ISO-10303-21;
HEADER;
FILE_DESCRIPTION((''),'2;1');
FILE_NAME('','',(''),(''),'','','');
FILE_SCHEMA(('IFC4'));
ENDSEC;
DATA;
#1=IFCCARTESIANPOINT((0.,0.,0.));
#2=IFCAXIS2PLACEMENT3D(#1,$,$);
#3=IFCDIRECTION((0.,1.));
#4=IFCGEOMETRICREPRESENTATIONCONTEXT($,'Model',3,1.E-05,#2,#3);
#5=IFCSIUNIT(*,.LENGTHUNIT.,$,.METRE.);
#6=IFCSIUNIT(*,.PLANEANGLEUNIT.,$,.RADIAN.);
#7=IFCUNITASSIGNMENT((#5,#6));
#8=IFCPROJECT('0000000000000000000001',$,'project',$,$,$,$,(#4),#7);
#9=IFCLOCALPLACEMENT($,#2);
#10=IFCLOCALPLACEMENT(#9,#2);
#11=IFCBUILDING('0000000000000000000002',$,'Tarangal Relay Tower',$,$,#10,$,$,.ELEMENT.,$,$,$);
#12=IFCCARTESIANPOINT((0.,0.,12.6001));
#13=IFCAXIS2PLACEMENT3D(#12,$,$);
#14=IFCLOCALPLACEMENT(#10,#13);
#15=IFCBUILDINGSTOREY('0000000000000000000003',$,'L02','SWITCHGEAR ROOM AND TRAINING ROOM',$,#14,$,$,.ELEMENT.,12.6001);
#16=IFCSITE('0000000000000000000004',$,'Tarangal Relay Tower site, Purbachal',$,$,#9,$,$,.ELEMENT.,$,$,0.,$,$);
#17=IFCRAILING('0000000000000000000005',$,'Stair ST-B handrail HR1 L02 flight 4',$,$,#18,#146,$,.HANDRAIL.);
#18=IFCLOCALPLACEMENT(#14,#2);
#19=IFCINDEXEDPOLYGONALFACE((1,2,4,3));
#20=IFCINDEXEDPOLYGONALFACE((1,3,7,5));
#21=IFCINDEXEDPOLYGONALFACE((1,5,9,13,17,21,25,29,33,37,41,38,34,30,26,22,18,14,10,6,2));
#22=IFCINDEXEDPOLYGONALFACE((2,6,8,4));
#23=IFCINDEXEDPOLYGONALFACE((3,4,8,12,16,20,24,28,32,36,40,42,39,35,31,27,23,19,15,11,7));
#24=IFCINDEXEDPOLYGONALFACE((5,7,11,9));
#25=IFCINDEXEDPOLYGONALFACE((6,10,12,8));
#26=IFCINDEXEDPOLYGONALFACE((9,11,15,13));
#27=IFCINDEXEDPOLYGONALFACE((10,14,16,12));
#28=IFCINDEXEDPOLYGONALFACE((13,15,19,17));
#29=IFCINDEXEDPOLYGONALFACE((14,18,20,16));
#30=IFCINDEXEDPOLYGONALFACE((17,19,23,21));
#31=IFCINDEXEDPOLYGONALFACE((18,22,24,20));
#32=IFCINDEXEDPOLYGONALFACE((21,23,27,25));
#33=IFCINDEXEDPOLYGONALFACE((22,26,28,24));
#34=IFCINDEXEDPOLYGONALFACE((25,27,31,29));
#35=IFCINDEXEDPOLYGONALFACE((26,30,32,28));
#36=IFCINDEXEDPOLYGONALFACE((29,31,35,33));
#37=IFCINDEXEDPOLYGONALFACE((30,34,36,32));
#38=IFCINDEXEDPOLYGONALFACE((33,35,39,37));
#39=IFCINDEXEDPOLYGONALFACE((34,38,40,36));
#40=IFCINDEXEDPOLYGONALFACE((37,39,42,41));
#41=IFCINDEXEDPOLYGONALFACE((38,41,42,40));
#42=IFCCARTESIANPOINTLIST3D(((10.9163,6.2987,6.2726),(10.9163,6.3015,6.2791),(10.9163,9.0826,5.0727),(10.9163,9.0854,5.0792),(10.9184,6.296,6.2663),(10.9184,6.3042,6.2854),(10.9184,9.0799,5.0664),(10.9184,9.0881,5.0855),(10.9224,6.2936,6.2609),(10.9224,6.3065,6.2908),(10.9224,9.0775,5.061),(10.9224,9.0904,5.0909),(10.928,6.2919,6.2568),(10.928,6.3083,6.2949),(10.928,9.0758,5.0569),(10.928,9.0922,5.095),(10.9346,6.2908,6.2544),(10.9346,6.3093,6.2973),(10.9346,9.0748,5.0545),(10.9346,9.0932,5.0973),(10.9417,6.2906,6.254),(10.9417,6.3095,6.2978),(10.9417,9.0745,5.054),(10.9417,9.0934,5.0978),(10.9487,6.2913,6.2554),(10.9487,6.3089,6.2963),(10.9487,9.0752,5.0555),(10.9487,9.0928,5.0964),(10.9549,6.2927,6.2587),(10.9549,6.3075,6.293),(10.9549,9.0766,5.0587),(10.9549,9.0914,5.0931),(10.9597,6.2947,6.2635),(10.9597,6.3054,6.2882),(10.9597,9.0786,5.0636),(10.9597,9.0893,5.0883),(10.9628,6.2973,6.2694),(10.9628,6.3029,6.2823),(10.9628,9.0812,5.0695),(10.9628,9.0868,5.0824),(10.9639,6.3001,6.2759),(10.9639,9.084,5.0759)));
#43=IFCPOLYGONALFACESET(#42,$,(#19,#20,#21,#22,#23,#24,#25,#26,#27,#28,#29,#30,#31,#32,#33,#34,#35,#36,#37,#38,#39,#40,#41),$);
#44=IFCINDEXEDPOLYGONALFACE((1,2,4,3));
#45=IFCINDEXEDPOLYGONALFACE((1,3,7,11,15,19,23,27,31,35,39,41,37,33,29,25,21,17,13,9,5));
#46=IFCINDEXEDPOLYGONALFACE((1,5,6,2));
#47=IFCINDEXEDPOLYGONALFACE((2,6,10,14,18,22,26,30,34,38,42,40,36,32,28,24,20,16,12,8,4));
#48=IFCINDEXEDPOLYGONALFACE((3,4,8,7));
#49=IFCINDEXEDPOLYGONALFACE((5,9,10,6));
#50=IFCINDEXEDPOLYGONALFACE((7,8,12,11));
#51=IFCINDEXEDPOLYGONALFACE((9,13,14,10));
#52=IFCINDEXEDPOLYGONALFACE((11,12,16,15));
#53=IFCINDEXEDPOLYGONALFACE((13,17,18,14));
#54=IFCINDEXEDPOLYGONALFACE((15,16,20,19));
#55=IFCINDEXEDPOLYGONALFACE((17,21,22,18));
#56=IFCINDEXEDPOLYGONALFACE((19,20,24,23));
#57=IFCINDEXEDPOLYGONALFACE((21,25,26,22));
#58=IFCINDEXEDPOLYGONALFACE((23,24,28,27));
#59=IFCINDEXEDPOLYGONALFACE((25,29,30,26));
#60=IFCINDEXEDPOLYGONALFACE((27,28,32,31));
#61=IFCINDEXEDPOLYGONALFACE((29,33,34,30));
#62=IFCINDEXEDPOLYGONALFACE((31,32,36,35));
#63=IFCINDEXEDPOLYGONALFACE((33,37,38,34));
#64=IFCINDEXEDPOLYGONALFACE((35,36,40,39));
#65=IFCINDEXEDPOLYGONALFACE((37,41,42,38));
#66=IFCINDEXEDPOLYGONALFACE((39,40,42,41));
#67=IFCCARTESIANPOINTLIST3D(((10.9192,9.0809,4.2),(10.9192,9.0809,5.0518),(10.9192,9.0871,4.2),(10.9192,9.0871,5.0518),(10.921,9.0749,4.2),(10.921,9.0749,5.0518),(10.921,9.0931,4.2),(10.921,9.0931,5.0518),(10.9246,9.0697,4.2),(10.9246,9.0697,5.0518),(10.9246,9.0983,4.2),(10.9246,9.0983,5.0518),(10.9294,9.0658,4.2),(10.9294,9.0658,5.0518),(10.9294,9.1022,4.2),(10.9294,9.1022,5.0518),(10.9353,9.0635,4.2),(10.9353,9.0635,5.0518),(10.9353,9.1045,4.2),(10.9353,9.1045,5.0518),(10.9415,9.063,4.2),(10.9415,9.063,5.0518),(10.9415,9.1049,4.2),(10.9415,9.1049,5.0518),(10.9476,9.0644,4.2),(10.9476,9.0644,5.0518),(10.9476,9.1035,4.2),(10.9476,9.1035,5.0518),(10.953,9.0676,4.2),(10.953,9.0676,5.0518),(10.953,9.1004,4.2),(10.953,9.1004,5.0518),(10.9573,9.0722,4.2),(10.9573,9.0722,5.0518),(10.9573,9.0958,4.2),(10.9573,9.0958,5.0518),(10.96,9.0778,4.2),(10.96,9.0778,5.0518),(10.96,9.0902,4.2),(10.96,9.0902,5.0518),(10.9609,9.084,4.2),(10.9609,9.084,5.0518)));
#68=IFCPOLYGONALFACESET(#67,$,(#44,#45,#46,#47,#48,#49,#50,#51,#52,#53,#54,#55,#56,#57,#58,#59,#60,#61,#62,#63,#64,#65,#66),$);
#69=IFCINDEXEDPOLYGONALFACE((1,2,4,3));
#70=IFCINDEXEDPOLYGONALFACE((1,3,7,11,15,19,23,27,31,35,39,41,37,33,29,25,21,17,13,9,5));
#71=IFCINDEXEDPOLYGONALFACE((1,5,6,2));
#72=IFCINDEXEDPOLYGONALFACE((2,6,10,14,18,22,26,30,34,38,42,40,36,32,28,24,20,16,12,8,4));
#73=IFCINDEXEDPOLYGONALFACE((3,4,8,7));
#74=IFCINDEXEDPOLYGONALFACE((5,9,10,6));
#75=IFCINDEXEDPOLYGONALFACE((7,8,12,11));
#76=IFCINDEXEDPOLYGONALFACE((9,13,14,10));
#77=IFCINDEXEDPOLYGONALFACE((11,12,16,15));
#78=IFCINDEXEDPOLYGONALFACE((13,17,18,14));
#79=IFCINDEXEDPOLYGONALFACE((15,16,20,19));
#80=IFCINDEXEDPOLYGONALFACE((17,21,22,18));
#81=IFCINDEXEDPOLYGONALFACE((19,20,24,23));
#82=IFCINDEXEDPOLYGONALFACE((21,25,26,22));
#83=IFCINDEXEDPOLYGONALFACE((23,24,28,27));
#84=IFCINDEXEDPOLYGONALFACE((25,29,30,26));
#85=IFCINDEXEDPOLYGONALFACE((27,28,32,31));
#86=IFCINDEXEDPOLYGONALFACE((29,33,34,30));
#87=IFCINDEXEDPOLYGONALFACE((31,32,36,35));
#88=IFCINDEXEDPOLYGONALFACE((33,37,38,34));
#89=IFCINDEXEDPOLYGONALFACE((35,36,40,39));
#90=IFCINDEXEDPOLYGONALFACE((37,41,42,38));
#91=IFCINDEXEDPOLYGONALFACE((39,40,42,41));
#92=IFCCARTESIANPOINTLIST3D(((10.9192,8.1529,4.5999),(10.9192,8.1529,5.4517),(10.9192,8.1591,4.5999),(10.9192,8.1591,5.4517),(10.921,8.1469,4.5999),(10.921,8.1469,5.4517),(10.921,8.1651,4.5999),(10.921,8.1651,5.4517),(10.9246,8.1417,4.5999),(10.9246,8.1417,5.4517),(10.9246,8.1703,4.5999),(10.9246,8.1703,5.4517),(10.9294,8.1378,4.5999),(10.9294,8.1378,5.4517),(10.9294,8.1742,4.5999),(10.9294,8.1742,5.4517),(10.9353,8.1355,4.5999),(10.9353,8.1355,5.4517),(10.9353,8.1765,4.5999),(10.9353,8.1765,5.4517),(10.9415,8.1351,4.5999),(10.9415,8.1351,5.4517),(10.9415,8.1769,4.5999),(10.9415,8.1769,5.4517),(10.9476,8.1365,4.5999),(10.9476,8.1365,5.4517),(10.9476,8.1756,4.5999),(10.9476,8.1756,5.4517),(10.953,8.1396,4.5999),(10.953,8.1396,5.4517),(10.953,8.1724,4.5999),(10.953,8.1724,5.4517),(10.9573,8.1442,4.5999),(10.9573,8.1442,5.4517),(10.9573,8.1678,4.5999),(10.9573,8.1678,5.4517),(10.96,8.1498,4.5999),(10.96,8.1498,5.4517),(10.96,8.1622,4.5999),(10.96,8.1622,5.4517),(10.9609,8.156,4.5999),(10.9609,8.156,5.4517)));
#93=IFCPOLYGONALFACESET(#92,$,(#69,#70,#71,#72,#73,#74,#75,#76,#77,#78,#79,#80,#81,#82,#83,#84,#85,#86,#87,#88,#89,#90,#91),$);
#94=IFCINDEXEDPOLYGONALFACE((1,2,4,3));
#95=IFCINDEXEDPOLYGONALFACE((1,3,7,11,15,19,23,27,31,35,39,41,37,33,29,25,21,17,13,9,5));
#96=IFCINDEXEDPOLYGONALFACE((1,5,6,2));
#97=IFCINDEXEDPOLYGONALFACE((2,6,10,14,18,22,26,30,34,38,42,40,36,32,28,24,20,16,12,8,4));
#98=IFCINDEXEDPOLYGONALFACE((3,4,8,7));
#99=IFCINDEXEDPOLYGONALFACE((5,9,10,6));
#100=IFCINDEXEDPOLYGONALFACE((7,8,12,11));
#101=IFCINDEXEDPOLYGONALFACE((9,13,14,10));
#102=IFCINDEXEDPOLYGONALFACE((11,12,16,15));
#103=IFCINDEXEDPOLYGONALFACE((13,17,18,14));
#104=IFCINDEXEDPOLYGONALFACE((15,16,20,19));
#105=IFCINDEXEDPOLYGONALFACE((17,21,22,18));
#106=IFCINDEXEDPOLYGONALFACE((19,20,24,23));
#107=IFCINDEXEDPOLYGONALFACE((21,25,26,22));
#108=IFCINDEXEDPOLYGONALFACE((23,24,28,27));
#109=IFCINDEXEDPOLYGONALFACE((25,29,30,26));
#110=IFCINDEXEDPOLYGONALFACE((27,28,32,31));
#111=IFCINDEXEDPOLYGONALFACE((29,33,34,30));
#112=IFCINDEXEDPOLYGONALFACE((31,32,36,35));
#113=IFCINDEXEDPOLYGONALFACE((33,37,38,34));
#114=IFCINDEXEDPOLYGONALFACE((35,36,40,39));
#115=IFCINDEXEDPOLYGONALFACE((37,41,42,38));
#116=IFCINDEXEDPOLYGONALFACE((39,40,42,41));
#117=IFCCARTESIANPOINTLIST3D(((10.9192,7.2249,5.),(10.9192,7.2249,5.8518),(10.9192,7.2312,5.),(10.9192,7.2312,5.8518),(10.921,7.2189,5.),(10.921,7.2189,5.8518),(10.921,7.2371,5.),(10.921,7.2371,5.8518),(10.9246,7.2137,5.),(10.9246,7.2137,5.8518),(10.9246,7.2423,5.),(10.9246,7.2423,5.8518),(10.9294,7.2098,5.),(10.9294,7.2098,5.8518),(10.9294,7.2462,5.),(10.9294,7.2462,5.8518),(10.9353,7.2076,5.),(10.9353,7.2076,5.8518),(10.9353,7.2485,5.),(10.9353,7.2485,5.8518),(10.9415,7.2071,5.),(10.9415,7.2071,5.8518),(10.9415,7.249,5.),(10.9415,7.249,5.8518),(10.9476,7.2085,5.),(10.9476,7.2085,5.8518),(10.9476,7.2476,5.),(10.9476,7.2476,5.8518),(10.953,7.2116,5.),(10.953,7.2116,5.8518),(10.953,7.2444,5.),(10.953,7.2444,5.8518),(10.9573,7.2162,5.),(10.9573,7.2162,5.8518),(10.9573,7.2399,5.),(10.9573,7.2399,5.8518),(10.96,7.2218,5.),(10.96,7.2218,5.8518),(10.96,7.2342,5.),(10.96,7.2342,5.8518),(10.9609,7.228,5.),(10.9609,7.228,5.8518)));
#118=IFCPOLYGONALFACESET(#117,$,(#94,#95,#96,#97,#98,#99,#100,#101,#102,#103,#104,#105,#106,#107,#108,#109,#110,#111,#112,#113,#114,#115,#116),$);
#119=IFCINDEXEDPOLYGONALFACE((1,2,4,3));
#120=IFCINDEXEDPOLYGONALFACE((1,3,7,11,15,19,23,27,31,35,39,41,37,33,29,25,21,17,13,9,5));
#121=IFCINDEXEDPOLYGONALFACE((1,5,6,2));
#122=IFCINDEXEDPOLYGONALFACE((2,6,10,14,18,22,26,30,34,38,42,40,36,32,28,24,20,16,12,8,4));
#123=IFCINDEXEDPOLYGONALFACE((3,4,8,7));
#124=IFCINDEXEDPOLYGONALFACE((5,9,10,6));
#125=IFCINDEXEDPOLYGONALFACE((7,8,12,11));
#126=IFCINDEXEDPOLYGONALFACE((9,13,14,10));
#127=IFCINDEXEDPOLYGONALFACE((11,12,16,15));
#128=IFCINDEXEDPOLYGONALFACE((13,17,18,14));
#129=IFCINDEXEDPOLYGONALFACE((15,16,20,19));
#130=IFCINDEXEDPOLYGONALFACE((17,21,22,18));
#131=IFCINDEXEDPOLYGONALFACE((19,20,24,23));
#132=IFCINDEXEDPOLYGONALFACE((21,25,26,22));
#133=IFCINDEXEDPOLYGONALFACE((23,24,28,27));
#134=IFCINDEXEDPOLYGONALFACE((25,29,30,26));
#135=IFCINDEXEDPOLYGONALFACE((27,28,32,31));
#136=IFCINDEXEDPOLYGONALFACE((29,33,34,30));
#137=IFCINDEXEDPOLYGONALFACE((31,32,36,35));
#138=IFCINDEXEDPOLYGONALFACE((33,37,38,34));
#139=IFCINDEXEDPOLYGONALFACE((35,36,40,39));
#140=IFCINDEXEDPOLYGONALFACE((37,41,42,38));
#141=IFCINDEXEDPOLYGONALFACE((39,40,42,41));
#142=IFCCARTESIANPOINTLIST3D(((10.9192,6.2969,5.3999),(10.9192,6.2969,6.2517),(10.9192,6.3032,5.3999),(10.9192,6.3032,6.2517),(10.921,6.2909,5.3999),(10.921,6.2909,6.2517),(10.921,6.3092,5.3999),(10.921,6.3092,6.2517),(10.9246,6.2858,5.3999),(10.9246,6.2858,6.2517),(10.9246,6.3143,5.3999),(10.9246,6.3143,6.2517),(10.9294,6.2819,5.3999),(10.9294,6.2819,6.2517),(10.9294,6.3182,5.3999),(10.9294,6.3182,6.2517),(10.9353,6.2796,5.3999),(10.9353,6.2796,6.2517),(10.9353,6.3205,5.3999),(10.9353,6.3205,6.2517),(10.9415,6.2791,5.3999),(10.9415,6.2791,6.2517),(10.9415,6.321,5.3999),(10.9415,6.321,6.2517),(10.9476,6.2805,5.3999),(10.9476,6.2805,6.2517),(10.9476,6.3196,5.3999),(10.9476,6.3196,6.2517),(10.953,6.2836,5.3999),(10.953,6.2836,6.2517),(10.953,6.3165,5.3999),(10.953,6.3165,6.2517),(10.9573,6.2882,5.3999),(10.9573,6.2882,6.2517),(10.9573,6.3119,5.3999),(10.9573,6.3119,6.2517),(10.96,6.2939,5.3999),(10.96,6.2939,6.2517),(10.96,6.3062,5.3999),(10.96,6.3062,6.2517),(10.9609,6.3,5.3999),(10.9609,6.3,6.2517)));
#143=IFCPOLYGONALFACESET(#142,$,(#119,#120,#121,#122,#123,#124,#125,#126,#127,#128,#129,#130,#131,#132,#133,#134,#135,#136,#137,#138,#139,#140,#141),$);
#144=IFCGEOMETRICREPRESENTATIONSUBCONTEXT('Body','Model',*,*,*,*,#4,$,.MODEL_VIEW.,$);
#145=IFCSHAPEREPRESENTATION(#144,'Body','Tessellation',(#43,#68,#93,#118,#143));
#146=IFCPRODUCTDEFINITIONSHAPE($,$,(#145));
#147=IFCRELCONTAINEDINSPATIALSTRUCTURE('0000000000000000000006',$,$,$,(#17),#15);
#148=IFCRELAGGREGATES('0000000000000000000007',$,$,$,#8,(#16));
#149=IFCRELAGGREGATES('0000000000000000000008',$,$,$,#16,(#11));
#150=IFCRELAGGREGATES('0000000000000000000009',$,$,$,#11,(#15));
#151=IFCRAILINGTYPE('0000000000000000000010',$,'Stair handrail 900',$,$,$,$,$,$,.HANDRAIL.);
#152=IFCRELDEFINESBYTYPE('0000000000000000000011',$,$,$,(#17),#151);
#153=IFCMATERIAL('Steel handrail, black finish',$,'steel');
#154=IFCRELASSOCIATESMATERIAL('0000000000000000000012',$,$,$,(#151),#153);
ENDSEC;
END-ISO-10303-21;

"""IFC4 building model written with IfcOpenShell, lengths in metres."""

from ifc_helpers import new_model, si_unit, direction, frame, origin, origin_2d, place, context, subcontext, project, spatial, circle, extrude, material, type_object, element, save


model = new_model("IFC4")

# Units and contexts
model_context = context("Model", 3, precision=1e-05, world=origin(), true_north=direction((0.0, 1.0)))
body_context = subcontext(model_context, "Body", "Model", "MODEL_VIEW")
ifc_project = project(units=[si_unit("LENGTHUNIT", "METRE"), si_unit("PLANEANGLEUNIT", "RADIAN")], contexts=[model_context])

# Site, building, storey
site_placement = place(None, origin())
site = spatial("IfcSite", under=ifc_project, at=site_placement, Name="Tarangal Relay Tower site, Purbachal", CompositionType="ELEMENT", RefElevation=0.0)
building_placement = place(site_placement, origin())
building = spatial("IfcBuilding", under=site, at=building_placement, Name="Tarangal Relay Tower", CompositionType="ELEMENT")
storey_placement = place(building_placement, frame((0.0, 0.0, 12.6001)))
storey = spatial("IfcBuildingStorey", under=building, at=storey_placement, Name="L02", Description="SWITCHGEAR ROOM AND TRAINING ROOM", CompositionType="ELEMENT", Elevation=12.6001)

# Railing
ifc_material_1 = material(Name="Steel handrail, black finish", Category="steel")
railing_type_1 = type_object("IfcRailingType", Name="Stair handrail 900", PredefinedType="HANDRAIL", material=ifc_material_1)
railing_1_placement = place(storey_placement, frame((10.9399, 9.084, 4.2)))
element("IfcRailing", 1, at=railing_1_placement, inside=storey, type_object=railing_type_1, Name="Stair ST-B handrail HR1 L02 flight 4", PredefinedType="HANDRAIL", context=body_context, shape_type="SweptSolid", body=[
    extrude(circle(Radius=0.0239, at=origin_2d()), frame((0.0, 0.0, 0.876), z_axis=(0.0, -0.918327, 0.395823), x_axis=(1.0, 0.0, 0.0)), (0.0, 0.0, 1.0), 3.0315),
    extrude(circle(Radius=0.021, at=origin_2d()), origin(), (0.0, 0.0, 1.0), 0.8518),
    extrude(circle(Radius=0.021, at=origin_2d()), frame((0.0, -0.928, 0.3999)), (0.0, 0.0, 1.0), 0.8518),
    extrude(circle(Radius=0.021, at=origin_2d()), frame((0.0, -1.856, 0.8)), (0.0, 0.0, 1.0), 0.8518),
    extrude(circle(Radius=0.021, at=origin_2d()), frame((0.0, -2.7839, 1.2)), (0.0, 0.0, 1.0), 0.8518),
])

save(model, "model.ifc")
